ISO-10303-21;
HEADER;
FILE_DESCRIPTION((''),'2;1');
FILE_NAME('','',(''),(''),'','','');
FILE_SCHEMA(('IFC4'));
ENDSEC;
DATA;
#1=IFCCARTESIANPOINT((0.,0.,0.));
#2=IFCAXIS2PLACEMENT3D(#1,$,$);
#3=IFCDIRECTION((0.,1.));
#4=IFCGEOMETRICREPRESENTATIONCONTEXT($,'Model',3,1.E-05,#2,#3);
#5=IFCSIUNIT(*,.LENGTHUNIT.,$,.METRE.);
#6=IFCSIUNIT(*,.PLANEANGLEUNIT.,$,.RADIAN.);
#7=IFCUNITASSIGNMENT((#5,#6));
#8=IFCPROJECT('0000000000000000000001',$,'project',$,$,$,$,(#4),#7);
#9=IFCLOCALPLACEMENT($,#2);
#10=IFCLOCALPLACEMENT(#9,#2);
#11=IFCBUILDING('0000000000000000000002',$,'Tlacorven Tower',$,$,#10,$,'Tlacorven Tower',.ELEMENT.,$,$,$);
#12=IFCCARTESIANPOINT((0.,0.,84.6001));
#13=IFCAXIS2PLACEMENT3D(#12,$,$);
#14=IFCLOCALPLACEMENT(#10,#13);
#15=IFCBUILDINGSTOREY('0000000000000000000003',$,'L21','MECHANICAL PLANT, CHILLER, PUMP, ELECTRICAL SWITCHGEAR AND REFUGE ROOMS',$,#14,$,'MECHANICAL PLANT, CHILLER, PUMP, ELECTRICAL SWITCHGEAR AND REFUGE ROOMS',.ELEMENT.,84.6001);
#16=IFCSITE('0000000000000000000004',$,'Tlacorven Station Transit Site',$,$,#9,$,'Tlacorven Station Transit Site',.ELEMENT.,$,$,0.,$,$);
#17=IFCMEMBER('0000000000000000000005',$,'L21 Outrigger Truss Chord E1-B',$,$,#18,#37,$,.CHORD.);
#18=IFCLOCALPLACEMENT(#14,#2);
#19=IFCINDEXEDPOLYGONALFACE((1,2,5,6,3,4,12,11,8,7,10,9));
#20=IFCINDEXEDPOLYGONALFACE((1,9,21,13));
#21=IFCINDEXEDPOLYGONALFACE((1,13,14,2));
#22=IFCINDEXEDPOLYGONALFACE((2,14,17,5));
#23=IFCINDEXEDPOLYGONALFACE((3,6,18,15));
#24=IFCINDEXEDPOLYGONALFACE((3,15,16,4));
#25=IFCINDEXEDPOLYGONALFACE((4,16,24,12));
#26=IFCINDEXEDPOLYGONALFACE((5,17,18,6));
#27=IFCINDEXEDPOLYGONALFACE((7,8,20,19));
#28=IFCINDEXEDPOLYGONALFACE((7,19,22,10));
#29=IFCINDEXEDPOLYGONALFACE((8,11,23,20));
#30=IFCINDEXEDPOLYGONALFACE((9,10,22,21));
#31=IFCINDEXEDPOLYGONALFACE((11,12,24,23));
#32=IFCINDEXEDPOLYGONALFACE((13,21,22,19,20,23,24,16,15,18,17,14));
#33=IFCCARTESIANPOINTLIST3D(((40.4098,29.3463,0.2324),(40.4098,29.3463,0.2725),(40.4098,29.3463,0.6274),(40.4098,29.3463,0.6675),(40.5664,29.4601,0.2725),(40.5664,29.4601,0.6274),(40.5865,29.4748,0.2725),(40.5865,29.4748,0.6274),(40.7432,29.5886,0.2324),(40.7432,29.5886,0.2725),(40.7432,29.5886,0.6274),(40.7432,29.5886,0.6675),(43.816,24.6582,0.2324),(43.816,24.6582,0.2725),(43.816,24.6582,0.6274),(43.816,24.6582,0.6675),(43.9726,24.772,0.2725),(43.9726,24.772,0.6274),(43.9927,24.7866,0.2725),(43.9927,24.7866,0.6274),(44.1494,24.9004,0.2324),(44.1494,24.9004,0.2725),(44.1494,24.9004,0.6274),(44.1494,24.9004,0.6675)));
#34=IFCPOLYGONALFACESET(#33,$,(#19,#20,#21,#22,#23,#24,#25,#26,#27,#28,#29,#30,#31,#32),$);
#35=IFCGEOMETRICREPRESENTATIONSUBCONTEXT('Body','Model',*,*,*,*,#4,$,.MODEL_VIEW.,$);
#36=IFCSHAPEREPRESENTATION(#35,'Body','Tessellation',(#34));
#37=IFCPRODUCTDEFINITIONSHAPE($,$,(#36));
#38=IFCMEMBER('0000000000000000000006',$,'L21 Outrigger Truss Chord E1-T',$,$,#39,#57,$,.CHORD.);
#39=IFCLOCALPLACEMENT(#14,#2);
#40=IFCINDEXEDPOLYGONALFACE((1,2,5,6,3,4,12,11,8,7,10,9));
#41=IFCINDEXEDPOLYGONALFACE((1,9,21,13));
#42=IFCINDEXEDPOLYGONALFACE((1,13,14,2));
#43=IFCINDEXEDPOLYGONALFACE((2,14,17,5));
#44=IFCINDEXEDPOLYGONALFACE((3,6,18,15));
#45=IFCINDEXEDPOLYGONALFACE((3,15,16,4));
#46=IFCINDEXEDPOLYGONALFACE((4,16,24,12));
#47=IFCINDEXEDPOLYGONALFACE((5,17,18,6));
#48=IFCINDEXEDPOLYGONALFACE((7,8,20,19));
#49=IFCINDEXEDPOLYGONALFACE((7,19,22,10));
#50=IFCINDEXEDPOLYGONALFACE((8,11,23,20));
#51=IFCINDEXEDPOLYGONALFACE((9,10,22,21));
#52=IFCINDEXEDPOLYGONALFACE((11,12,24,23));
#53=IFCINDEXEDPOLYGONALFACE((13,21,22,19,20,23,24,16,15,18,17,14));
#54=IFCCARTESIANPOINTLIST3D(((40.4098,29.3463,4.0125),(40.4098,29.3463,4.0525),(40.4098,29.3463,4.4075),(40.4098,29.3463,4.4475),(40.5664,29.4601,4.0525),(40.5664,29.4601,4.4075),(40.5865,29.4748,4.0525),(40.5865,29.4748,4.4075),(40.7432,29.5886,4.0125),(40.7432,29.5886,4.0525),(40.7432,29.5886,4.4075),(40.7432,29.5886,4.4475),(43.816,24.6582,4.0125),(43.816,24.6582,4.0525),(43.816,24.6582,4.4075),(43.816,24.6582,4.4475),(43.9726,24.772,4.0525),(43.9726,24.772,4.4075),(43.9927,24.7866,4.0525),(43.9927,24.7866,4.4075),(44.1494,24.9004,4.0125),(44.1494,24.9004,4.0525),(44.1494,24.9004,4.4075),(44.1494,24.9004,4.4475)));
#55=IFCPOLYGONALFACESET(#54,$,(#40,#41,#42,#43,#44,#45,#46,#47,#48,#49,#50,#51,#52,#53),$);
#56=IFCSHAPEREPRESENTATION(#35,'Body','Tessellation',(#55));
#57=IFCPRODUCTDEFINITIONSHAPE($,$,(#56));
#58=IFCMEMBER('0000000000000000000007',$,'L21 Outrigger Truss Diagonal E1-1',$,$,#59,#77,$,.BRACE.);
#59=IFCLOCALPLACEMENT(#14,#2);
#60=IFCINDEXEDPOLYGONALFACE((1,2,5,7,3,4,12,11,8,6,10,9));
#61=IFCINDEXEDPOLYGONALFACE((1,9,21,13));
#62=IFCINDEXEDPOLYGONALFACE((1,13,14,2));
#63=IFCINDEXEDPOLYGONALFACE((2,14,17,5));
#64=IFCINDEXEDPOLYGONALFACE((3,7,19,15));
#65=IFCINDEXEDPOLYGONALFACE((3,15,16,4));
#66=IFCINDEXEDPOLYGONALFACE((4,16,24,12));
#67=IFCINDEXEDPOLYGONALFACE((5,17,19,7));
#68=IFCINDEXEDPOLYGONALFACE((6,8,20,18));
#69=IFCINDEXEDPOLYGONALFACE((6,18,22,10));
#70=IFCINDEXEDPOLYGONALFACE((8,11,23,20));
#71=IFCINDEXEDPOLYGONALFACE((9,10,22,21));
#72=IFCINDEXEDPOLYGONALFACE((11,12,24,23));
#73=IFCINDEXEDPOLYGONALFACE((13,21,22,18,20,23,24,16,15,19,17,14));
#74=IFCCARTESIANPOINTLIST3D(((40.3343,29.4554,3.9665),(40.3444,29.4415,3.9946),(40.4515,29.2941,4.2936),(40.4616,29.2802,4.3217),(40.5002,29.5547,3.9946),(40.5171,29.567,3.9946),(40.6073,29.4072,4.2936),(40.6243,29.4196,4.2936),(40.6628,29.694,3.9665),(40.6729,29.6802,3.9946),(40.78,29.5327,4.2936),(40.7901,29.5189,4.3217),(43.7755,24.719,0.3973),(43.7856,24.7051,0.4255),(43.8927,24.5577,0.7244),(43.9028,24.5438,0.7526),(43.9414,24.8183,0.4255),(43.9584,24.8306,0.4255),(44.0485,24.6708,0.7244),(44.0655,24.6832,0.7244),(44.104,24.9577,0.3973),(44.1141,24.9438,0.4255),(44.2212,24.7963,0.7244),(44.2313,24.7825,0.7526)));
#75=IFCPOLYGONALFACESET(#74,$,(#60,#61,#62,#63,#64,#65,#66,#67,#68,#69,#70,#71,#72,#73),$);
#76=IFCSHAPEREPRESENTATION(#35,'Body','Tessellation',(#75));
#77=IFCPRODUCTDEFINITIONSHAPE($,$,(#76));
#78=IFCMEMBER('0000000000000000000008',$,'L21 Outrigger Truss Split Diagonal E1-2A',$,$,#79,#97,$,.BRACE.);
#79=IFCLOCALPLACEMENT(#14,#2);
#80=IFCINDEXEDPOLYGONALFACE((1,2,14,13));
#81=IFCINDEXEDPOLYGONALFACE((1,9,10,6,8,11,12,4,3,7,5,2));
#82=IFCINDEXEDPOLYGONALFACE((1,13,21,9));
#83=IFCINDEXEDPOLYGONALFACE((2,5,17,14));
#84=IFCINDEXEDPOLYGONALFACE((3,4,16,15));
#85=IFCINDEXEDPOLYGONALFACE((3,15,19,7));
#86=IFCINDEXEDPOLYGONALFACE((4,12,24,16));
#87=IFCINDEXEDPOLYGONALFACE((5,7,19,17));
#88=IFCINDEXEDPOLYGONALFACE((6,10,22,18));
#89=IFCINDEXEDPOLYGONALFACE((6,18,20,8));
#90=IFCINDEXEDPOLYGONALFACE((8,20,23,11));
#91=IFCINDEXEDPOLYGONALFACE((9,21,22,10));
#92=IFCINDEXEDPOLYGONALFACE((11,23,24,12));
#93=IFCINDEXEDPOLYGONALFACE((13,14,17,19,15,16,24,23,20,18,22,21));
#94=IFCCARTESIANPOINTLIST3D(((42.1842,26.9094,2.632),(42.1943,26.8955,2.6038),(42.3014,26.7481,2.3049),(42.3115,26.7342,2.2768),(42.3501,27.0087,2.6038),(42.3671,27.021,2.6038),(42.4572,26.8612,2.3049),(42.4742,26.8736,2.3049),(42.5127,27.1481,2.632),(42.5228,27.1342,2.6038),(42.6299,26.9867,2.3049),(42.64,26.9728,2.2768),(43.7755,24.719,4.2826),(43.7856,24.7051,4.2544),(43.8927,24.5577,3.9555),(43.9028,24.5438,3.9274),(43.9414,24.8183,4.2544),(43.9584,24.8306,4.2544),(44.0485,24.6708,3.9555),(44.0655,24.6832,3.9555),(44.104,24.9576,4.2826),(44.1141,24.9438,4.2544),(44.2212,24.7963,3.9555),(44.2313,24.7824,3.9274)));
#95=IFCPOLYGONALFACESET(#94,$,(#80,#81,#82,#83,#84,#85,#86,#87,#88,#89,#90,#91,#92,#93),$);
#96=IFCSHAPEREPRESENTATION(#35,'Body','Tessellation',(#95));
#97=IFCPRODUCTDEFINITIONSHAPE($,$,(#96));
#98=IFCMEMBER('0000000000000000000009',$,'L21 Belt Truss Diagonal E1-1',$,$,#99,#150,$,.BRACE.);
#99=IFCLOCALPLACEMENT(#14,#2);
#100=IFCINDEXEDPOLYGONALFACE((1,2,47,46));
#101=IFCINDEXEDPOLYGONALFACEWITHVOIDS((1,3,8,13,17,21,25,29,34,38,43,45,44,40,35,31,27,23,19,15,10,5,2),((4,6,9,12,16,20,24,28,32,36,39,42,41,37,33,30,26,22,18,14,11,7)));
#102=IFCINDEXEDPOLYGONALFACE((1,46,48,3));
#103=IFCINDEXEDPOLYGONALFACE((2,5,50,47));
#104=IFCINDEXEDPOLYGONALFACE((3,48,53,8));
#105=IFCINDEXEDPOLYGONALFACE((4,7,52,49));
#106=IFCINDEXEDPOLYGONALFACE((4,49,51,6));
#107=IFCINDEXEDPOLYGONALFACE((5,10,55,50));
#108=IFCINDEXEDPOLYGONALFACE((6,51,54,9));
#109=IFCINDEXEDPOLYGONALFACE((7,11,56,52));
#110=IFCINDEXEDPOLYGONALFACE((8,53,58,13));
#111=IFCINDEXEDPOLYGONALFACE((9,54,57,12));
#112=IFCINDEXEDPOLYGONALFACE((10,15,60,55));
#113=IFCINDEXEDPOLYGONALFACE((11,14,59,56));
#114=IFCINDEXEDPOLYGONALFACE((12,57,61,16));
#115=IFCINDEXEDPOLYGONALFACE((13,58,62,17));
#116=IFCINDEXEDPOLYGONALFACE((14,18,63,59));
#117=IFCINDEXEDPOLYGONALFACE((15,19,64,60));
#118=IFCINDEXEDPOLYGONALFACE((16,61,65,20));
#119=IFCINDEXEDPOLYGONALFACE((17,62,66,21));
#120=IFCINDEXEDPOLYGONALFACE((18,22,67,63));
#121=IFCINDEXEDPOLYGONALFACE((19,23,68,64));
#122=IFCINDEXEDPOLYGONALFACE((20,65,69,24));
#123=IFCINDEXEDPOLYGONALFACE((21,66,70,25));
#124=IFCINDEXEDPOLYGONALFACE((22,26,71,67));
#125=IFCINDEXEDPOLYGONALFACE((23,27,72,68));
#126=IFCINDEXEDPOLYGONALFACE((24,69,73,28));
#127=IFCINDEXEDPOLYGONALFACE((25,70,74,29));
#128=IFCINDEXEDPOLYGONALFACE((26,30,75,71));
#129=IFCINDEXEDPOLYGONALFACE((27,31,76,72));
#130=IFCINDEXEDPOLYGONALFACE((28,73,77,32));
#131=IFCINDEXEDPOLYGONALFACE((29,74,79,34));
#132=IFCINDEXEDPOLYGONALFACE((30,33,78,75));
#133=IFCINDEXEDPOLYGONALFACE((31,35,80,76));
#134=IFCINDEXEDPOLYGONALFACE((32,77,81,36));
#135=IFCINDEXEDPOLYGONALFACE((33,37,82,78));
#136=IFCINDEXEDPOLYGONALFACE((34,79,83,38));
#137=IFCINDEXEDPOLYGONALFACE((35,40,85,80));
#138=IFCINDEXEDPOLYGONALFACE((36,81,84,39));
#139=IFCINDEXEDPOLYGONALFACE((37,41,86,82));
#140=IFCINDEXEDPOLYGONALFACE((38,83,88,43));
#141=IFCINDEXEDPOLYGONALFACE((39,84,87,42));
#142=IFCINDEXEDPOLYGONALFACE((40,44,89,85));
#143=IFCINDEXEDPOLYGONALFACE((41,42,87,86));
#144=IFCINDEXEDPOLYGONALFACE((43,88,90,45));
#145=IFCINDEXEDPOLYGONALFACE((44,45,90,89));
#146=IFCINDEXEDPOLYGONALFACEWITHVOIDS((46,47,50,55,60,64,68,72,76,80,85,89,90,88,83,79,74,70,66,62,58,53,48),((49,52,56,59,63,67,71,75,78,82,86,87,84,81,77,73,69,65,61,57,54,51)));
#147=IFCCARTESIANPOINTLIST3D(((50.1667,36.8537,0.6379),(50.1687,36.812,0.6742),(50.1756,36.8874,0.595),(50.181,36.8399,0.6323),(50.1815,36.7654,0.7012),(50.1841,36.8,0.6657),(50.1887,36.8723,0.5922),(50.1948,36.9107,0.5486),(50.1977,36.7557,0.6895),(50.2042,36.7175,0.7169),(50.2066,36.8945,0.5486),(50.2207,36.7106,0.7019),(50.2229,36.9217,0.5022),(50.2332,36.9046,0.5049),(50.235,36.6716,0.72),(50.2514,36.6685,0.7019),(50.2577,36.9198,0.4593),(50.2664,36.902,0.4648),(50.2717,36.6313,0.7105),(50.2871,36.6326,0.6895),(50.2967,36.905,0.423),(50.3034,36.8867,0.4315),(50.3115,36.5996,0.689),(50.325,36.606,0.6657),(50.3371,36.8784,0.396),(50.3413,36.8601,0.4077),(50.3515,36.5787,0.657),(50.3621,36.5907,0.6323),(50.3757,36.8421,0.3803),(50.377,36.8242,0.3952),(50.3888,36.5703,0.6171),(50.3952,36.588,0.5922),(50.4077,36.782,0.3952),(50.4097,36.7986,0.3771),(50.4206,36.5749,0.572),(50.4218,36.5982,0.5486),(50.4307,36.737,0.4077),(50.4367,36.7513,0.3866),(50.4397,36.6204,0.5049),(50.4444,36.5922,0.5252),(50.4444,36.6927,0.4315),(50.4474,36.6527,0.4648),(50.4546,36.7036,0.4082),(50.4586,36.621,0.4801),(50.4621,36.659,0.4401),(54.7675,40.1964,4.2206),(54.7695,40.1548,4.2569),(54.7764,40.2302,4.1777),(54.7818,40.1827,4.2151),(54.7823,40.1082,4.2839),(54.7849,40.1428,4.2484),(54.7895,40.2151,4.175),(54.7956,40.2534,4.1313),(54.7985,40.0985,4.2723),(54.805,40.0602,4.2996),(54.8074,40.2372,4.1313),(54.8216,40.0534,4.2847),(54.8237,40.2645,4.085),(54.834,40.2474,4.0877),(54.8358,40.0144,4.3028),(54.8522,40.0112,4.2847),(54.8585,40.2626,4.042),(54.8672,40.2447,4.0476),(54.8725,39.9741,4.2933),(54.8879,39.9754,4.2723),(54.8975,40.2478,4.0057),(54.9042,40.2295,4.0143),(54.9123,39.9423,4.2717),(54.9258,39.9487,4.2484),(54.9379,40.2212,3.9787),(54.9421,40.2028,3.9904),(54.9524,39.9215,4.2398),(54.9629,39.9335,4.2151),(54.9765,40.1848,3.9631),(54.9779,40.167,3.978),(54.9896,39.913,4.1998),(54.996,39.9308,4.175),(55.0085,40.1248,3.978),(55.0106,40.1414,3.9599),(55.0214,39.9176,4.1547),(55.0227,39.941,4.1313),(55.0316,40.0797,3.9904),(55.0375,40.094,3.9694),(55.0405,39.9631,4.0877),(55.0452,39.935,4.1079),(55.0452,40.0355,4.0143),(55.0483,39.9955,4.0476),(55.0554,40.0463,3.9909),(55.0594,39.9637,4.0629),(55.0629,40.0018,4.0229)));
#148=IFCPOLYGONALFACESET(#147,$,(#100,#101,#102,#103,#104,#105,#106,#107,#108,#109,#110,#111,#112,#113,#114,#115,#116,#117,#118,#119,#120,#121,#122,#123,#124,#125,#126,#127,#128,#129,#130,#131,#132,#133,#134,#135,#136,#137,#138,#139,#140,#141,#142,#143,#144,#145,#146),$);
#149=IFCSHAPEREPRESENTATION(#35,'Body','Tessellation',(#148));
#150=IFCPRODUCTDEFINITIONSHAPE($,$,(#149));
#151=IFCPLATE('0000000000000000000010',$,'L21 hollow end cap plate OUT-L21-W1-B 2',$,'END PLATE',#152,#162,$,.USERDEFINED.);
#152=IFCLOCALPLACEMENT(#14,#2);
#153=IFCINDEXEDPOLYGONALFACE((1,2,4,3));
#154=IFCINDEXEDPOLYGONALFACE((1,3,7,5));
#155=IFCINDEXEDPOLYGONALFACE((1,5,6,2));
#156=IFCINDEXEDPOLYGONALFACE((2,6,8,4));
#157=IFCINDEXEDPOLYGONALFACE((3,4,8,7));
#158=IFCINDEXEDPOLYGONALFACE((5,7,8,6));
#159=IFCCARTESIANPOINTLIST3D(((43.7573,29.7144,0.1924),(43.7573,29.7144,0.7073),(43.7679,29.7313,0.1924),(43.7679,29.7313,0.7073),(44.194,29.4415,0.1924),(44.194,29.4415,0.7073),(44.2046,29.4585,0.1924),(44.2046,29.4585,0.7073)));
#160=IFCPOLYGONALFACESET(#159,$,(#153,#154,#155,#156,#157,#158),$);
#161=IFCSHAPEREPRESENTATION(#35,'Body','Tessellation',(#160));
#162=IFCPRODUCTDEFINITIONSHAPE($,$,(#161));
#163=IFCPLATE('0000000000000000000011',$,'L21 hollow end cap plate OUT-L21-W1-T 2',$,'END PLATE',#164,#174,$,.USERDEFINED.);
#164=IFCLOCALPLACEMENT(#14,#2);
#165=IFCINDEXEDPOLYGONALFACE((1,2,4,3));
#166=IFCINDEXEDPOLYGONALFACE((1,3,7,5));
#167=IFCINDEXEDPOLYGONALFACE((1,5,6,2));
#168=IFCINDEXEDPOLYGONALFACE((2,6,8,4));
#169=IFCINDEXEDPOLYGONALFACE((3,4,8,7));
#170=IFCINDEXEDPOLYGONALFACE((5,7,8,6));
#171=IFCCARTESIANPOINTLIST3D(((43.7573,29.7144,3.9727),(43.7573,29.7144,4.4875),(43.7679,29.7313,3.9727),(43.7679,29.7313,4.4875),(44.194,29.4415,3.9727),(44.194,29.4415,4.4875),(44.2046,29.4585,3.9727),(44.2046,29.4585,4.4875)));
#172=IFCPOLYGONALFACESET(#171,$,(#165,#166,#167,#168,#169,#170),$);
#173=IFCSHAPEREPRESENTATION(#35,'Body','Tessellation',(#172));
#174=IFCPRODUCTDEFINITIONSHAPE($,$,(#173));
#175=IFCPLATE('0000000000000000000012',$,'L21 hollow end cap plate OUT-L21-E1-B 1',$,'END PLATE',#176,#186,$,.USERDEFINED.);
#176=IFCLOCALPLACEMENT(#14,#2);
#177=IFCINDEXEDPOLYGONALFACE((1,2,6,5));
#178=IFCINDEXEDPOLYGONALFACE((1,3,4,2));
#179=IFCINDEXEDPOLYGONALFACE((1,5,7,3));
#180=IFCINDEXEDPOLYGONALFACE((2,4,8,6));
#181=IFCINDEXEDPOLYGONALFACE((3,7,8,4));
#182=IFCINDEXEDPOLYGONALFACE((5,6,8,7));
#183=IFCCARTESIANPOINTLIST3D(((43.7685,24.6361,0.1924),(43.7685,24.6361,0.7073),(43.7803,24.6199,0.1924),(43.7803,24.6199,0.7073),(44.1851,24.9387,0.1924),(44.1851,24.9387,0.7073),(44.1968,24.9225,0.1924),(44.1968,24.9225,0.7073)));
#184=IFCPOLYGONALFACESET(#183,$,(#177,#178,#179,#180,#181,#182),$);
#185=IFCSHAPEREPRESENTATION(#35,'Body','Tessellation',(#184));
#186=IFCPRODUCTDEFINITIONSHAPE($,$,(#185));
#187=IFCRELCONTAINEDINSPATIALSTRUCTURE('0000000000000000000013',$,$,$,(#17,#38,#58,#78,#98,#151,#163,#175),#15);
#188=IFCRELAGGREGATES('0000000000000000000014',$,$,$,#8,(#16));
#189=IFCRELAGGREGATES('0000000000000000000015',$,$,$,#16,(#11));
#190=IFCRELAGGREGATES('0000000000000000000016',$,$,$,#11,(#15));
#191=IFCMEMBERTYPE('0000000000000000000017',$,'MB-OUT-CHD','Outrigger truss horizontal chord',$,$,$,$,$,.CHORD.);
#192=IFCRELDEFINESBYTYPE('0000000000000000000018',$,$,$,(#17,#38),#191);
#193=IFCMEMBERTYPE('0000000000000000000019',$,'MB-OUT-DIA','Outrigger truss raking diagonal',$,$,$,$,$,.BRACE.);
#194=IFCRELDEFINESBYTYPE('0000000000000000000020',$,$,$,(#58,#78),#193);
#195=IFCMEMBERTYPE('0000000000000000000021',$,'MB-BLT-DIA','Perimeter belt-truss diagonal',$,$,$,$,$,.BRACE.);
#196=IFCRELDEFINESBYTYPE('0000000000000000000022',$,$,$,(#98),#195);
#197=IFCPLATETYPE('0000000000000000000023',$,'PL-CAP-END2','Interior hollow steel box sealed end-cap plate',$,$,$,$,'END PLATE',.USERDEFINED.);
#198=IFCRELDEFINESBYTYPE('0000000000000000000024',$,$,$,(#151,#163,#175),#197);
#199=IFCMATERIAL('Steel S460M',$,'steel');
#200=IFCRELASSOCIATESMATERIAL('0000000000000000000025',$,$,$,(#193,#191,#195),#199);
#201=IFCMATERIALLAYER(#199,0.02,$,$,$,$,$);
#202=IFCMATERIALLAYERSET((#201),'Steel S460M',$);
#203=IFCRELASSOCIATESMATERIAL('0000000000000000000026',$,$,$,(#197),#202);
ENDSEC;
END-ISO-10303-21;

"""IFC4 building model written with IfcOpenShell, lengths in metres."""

from ifc_helpers import new_model, si_unit, direction, frame, origin, origin_2d, place, context, subcontext, project, spatial, rectangle, hollow_circle, i_section, extrude, source, transform, mapped, material, layer, layer_set, material_profile, profile_set, type_object, element, save


model = new_model("IFC4")

# Units and contexts
model_context = context("Model", 3, precision=1e-05, world=origin(), true_north=direction((0.0, 1.0)))
body_context = subcontext(model_context, "Body", "Model", "MODEL_VIEW")
ifc_project = project(units=[si_unit("LENGTHUNIT", "METRE"), si_unit("PLANEANGLEUNIT", "RADIAN")], contexts=[model_context])

# Site, building, storey
site_placement = place(None, origin())
site = spatial("IfcSite", under=ifc_project, at=site_placement, Name="Tlacorven Station Transit Site", LongName="Tlacorven Station Transit Site", CompositionType="ELEMENT", RefElevation=0.0)
building_placement = place(site_placement, origin())
building = spatial("IfcBuilding", under=site, at=building_placement, Name="Tlacorven Tower", LongName="Tlacorven Tower", CompositionType="ELEMENT")
storey_placement = place(building_placement, frame((0.0, 0.0, 84.6001)))
storey = spatial("IfcBuildingStorey", under=building, at=storey_placement, Name="L21", Description="MECHANICAL PLANT, CHILLER, PUMP, ELECTRICAL SWITCHGEAR AND REFUGE ROOMS", LongName="MECHANICAL PLANT, CHILLER, PUMP, ELECTRICAL SWITCHGEAR AND REFUGE ROOMS", CompositionType="ELEMENT", Elevation=84.6001)

# Shared definitions
ifc_material_1 = material(Name="Steel S460M", Category="steel")

# Members
ifc_material_profile_1 = material_profile(ifc_material_1, i_section(OverallWidth=0.406, OverallDepth=0.416, WebThickness=0.021, FlangeThickness=0.033, at=origin_2d()), Name="HD 400X382")
ifc_profile_set_1 = profile_set([ifc_material_profile_1], Name="Steel S460M")
member_type_1 = type_object("IfcMemberType", Name="MB-OUT-DIA", Description="Outrigger truss raking diagonal", PredefinedType="BRACE", material=ifc_profile_set_1)
ifc_material_profile_2 = material_profile(ifc_material_1, i_section(OverallWidth=0.4121, OverallDepth=0.4351, WebThickness=0.0249, FlangeThickness=0.04, at=origin_2d()), Name="HD 400X463")
ifc_profile_set_2 = profile_set([ifc_material_profile_2], Name="Steel S460M")
member_type_2 = type_object("IfcMemberType", Name="MB-OUT-CHD", Description="Outrigger truss horizontal chord", PredefinedType="CHORD", material=ifc_profile_set_2)
shared_shape_1 = source(origin(), body_context, "Body", "SweptSolid", [
    extrude(i_section(OverallWidth=0.4121, OverallDepth=0.4351, WebThickness=0.0249, FlangeThickness=0.04, at=origin_2d()), origin(), (0.0, 0.0, 1.0), 5.7949),
])
for number, where, z_axis, x_axis, name in (
    (1, (43.9827, 24.7793, 0.45), (-0.587791, 0.809013, 0.0), (-0.809013, -0.587791, 0.0), "L21 Outrigger Truss Chord E1-B"),
    (2, (43.9827, 24.7793, 4.23), (-0.587791, 0.809013, 0.0), (-0.809013, -0.587791, 0.0), "L21 Outrigger Truss Chord E1-T"),
):
    element("IfcMember", number, at=place(storey_placement, frame(where, z_axis=z_axis, x_axis=x_axis)), inside=storey, type_object=member_type_2, Name=name, PredefinedType="CHORD", context=body_context, shape_type="MappedRepresentation", body=[
        mapped(shared_shape_1, transform((0.0, 0.0, 0.0), scale=1.0)),
    ])
shared_shape_2 = source(origin(), body_context, "Body", "SweptSolid", [
    extrude(i_section(OverallWidth=0.406, OverallDepth=0.416, WebThickness=0.021, FlangeThickness=0.033, at=origin_2d()), origin(), (0.0, 0.0, 1.0), 6.8567),
])
member_1_placement = place(storey_placement, frame((44.0034, 24.7507, 0.575), z_axis=(-0.501877, 0.69077, 0.520535), x_axis=(-0.809016, -0.587787, 0.0)))
element("IfcMember", 3, at=member_1_placement, inside=storey, type_object=member_type_1, Name="L21 Outrigger Truss Diagonal E1-1", PredefinedType="BRACE", context=body_context, shape_type="MappedRepresentation", body=[
    mapped(shared_shape_2, transform((0.0, 0.0, 0.0), scale=1.0)),
])
shared_shape_3 = source(origin(), body_context, "Body", "SweptSolid", [
    extrude(i_section(OverallWidth=0.406, OverallDepth=0.416, WebThickness=0.021, FlangeThickness=0.033, at=origin_2d()), origin(), (0.0, 0.0, 1.0), 3.1709),
])
member_2_placement = place(storey_placement, frame((44.0034, 24.7507, 4.105), z_axis=(-0.501842, 0.690783, -0.520551), x_axis=(-0.80904, -0.587753, 0.0)))
element("IfcMember", 4, at=member_2_placement, inside=storey, type_object=member_type_1, Name="L21 Outrigger Truss Split Diagonal E1-2A", PredefinedType="BRACE", context=body_context, shape_type="MappedRepresentation", body=[
    mapped(shared_shape_3, transform((0.0, 0.0, 0.0), scale=1.0)),
])
ifc_material_profile_3 = material_profile(ifc_material_1, hollow_circle(Radius=0.2031, WallThickness=0.02, at=origin_2d()), Name="CHS 406.4X20")
ifc_profile_set_3 = profile_set([ifc_material_profile_3], Name="Steel S460M")
member_type_3 = type_object("IfcMemberType", Name="MB-BLT-DIA", Description="Perimeter belt-truss diagonal", PredefinedType="BRACE", material=ifc_profile_set_3)
shared_shape_4 = source(origin(), body_context, "Body", "SweptSolid", [
    extrude(hollow_circle(Radius=0.2031, WallThickness=0.02, at=origin_2d()), origin(), (0.0, 0.0, 1.0), 6.7214),
])
member_3_placement = place(storey_placement, frame((50.3142, 36.7463, 0.5486), z_axis=(0.684499, 0.497329, 0.533034), x_axis=(-0.587794, 0.809011, 0.0)))
element("IfcMember", 5, at=member_3_placement, inside=storey, type_object=member_type_3, Name="L21 Belt Truss Diagonal E1-1", PredefinedType="BRACE", context=body_context, shape_type="MappedRepresentation", body=[
    mapped(shared_shape_4, transform((0.0, 0.0, 0.0), scale=1.0)),
])

# Plates
ifc_layer_1 = layer(ifc_material_1, 0.02)
ifc_layer_set_1 = layer_set([ifc_layer_1], Name="Steel S460M")
plate_type_1 = type_object("IfcPlateType", Name="PL-CAP-END2", Description="Interior hollow steel box sealed end-cap plate", ElementType="END PLATE", PredefinedType="USERDEFINED", material=ifc_layer_set_1)
shared_shape_5 = source(origin(), body_context, "Body", "SweptSolid", [
    extrude(rectangle(XDim=0.02, YDim=0.5149, at=origin_2d()), origin(), (0.0, 0.0, 1.0), 0.5149),
])
for number, where, z_axis, x_axis, name in (
    (6, (43.981, 29.5864, 0.1924), (0.0, 0.0, 1.0), (0.529919, 0.848048, 0.0), "L21 hollow end cap plate OUT-L21-W1-B 2"),
    (7, (43.981, 29.5864, 3.9727), (0.0, 0.0, 1.0), (0.529919, 0.848048, 0.0), "L21 hollow end cap plate OUT-L21-W1-T 2"),
    (8, (43.9827, 24.7793, 0.1924), (0.0, 0.0, 1.0), (-0.587785, 0.809017, 0.0), "L21 hollow end cap plate OUT-L21-E1-B 1"),
):
    element("IfcPlate", number, at=place(storey_placement, frame(where, z_axis=z_axis, x_axis=x_axis)), inside=storey, type_object=plate_type_1, Name=name, ObjectType="END PLATE", PredefinedType="USERDEFINED", context=body_context, shape_type="MappedRepresentation", body=[
        mapped(shared_shape_5, transform((0.0, 0.0, 0.0), scale=1.0)),
    ])

save(model, "model.ifc")
